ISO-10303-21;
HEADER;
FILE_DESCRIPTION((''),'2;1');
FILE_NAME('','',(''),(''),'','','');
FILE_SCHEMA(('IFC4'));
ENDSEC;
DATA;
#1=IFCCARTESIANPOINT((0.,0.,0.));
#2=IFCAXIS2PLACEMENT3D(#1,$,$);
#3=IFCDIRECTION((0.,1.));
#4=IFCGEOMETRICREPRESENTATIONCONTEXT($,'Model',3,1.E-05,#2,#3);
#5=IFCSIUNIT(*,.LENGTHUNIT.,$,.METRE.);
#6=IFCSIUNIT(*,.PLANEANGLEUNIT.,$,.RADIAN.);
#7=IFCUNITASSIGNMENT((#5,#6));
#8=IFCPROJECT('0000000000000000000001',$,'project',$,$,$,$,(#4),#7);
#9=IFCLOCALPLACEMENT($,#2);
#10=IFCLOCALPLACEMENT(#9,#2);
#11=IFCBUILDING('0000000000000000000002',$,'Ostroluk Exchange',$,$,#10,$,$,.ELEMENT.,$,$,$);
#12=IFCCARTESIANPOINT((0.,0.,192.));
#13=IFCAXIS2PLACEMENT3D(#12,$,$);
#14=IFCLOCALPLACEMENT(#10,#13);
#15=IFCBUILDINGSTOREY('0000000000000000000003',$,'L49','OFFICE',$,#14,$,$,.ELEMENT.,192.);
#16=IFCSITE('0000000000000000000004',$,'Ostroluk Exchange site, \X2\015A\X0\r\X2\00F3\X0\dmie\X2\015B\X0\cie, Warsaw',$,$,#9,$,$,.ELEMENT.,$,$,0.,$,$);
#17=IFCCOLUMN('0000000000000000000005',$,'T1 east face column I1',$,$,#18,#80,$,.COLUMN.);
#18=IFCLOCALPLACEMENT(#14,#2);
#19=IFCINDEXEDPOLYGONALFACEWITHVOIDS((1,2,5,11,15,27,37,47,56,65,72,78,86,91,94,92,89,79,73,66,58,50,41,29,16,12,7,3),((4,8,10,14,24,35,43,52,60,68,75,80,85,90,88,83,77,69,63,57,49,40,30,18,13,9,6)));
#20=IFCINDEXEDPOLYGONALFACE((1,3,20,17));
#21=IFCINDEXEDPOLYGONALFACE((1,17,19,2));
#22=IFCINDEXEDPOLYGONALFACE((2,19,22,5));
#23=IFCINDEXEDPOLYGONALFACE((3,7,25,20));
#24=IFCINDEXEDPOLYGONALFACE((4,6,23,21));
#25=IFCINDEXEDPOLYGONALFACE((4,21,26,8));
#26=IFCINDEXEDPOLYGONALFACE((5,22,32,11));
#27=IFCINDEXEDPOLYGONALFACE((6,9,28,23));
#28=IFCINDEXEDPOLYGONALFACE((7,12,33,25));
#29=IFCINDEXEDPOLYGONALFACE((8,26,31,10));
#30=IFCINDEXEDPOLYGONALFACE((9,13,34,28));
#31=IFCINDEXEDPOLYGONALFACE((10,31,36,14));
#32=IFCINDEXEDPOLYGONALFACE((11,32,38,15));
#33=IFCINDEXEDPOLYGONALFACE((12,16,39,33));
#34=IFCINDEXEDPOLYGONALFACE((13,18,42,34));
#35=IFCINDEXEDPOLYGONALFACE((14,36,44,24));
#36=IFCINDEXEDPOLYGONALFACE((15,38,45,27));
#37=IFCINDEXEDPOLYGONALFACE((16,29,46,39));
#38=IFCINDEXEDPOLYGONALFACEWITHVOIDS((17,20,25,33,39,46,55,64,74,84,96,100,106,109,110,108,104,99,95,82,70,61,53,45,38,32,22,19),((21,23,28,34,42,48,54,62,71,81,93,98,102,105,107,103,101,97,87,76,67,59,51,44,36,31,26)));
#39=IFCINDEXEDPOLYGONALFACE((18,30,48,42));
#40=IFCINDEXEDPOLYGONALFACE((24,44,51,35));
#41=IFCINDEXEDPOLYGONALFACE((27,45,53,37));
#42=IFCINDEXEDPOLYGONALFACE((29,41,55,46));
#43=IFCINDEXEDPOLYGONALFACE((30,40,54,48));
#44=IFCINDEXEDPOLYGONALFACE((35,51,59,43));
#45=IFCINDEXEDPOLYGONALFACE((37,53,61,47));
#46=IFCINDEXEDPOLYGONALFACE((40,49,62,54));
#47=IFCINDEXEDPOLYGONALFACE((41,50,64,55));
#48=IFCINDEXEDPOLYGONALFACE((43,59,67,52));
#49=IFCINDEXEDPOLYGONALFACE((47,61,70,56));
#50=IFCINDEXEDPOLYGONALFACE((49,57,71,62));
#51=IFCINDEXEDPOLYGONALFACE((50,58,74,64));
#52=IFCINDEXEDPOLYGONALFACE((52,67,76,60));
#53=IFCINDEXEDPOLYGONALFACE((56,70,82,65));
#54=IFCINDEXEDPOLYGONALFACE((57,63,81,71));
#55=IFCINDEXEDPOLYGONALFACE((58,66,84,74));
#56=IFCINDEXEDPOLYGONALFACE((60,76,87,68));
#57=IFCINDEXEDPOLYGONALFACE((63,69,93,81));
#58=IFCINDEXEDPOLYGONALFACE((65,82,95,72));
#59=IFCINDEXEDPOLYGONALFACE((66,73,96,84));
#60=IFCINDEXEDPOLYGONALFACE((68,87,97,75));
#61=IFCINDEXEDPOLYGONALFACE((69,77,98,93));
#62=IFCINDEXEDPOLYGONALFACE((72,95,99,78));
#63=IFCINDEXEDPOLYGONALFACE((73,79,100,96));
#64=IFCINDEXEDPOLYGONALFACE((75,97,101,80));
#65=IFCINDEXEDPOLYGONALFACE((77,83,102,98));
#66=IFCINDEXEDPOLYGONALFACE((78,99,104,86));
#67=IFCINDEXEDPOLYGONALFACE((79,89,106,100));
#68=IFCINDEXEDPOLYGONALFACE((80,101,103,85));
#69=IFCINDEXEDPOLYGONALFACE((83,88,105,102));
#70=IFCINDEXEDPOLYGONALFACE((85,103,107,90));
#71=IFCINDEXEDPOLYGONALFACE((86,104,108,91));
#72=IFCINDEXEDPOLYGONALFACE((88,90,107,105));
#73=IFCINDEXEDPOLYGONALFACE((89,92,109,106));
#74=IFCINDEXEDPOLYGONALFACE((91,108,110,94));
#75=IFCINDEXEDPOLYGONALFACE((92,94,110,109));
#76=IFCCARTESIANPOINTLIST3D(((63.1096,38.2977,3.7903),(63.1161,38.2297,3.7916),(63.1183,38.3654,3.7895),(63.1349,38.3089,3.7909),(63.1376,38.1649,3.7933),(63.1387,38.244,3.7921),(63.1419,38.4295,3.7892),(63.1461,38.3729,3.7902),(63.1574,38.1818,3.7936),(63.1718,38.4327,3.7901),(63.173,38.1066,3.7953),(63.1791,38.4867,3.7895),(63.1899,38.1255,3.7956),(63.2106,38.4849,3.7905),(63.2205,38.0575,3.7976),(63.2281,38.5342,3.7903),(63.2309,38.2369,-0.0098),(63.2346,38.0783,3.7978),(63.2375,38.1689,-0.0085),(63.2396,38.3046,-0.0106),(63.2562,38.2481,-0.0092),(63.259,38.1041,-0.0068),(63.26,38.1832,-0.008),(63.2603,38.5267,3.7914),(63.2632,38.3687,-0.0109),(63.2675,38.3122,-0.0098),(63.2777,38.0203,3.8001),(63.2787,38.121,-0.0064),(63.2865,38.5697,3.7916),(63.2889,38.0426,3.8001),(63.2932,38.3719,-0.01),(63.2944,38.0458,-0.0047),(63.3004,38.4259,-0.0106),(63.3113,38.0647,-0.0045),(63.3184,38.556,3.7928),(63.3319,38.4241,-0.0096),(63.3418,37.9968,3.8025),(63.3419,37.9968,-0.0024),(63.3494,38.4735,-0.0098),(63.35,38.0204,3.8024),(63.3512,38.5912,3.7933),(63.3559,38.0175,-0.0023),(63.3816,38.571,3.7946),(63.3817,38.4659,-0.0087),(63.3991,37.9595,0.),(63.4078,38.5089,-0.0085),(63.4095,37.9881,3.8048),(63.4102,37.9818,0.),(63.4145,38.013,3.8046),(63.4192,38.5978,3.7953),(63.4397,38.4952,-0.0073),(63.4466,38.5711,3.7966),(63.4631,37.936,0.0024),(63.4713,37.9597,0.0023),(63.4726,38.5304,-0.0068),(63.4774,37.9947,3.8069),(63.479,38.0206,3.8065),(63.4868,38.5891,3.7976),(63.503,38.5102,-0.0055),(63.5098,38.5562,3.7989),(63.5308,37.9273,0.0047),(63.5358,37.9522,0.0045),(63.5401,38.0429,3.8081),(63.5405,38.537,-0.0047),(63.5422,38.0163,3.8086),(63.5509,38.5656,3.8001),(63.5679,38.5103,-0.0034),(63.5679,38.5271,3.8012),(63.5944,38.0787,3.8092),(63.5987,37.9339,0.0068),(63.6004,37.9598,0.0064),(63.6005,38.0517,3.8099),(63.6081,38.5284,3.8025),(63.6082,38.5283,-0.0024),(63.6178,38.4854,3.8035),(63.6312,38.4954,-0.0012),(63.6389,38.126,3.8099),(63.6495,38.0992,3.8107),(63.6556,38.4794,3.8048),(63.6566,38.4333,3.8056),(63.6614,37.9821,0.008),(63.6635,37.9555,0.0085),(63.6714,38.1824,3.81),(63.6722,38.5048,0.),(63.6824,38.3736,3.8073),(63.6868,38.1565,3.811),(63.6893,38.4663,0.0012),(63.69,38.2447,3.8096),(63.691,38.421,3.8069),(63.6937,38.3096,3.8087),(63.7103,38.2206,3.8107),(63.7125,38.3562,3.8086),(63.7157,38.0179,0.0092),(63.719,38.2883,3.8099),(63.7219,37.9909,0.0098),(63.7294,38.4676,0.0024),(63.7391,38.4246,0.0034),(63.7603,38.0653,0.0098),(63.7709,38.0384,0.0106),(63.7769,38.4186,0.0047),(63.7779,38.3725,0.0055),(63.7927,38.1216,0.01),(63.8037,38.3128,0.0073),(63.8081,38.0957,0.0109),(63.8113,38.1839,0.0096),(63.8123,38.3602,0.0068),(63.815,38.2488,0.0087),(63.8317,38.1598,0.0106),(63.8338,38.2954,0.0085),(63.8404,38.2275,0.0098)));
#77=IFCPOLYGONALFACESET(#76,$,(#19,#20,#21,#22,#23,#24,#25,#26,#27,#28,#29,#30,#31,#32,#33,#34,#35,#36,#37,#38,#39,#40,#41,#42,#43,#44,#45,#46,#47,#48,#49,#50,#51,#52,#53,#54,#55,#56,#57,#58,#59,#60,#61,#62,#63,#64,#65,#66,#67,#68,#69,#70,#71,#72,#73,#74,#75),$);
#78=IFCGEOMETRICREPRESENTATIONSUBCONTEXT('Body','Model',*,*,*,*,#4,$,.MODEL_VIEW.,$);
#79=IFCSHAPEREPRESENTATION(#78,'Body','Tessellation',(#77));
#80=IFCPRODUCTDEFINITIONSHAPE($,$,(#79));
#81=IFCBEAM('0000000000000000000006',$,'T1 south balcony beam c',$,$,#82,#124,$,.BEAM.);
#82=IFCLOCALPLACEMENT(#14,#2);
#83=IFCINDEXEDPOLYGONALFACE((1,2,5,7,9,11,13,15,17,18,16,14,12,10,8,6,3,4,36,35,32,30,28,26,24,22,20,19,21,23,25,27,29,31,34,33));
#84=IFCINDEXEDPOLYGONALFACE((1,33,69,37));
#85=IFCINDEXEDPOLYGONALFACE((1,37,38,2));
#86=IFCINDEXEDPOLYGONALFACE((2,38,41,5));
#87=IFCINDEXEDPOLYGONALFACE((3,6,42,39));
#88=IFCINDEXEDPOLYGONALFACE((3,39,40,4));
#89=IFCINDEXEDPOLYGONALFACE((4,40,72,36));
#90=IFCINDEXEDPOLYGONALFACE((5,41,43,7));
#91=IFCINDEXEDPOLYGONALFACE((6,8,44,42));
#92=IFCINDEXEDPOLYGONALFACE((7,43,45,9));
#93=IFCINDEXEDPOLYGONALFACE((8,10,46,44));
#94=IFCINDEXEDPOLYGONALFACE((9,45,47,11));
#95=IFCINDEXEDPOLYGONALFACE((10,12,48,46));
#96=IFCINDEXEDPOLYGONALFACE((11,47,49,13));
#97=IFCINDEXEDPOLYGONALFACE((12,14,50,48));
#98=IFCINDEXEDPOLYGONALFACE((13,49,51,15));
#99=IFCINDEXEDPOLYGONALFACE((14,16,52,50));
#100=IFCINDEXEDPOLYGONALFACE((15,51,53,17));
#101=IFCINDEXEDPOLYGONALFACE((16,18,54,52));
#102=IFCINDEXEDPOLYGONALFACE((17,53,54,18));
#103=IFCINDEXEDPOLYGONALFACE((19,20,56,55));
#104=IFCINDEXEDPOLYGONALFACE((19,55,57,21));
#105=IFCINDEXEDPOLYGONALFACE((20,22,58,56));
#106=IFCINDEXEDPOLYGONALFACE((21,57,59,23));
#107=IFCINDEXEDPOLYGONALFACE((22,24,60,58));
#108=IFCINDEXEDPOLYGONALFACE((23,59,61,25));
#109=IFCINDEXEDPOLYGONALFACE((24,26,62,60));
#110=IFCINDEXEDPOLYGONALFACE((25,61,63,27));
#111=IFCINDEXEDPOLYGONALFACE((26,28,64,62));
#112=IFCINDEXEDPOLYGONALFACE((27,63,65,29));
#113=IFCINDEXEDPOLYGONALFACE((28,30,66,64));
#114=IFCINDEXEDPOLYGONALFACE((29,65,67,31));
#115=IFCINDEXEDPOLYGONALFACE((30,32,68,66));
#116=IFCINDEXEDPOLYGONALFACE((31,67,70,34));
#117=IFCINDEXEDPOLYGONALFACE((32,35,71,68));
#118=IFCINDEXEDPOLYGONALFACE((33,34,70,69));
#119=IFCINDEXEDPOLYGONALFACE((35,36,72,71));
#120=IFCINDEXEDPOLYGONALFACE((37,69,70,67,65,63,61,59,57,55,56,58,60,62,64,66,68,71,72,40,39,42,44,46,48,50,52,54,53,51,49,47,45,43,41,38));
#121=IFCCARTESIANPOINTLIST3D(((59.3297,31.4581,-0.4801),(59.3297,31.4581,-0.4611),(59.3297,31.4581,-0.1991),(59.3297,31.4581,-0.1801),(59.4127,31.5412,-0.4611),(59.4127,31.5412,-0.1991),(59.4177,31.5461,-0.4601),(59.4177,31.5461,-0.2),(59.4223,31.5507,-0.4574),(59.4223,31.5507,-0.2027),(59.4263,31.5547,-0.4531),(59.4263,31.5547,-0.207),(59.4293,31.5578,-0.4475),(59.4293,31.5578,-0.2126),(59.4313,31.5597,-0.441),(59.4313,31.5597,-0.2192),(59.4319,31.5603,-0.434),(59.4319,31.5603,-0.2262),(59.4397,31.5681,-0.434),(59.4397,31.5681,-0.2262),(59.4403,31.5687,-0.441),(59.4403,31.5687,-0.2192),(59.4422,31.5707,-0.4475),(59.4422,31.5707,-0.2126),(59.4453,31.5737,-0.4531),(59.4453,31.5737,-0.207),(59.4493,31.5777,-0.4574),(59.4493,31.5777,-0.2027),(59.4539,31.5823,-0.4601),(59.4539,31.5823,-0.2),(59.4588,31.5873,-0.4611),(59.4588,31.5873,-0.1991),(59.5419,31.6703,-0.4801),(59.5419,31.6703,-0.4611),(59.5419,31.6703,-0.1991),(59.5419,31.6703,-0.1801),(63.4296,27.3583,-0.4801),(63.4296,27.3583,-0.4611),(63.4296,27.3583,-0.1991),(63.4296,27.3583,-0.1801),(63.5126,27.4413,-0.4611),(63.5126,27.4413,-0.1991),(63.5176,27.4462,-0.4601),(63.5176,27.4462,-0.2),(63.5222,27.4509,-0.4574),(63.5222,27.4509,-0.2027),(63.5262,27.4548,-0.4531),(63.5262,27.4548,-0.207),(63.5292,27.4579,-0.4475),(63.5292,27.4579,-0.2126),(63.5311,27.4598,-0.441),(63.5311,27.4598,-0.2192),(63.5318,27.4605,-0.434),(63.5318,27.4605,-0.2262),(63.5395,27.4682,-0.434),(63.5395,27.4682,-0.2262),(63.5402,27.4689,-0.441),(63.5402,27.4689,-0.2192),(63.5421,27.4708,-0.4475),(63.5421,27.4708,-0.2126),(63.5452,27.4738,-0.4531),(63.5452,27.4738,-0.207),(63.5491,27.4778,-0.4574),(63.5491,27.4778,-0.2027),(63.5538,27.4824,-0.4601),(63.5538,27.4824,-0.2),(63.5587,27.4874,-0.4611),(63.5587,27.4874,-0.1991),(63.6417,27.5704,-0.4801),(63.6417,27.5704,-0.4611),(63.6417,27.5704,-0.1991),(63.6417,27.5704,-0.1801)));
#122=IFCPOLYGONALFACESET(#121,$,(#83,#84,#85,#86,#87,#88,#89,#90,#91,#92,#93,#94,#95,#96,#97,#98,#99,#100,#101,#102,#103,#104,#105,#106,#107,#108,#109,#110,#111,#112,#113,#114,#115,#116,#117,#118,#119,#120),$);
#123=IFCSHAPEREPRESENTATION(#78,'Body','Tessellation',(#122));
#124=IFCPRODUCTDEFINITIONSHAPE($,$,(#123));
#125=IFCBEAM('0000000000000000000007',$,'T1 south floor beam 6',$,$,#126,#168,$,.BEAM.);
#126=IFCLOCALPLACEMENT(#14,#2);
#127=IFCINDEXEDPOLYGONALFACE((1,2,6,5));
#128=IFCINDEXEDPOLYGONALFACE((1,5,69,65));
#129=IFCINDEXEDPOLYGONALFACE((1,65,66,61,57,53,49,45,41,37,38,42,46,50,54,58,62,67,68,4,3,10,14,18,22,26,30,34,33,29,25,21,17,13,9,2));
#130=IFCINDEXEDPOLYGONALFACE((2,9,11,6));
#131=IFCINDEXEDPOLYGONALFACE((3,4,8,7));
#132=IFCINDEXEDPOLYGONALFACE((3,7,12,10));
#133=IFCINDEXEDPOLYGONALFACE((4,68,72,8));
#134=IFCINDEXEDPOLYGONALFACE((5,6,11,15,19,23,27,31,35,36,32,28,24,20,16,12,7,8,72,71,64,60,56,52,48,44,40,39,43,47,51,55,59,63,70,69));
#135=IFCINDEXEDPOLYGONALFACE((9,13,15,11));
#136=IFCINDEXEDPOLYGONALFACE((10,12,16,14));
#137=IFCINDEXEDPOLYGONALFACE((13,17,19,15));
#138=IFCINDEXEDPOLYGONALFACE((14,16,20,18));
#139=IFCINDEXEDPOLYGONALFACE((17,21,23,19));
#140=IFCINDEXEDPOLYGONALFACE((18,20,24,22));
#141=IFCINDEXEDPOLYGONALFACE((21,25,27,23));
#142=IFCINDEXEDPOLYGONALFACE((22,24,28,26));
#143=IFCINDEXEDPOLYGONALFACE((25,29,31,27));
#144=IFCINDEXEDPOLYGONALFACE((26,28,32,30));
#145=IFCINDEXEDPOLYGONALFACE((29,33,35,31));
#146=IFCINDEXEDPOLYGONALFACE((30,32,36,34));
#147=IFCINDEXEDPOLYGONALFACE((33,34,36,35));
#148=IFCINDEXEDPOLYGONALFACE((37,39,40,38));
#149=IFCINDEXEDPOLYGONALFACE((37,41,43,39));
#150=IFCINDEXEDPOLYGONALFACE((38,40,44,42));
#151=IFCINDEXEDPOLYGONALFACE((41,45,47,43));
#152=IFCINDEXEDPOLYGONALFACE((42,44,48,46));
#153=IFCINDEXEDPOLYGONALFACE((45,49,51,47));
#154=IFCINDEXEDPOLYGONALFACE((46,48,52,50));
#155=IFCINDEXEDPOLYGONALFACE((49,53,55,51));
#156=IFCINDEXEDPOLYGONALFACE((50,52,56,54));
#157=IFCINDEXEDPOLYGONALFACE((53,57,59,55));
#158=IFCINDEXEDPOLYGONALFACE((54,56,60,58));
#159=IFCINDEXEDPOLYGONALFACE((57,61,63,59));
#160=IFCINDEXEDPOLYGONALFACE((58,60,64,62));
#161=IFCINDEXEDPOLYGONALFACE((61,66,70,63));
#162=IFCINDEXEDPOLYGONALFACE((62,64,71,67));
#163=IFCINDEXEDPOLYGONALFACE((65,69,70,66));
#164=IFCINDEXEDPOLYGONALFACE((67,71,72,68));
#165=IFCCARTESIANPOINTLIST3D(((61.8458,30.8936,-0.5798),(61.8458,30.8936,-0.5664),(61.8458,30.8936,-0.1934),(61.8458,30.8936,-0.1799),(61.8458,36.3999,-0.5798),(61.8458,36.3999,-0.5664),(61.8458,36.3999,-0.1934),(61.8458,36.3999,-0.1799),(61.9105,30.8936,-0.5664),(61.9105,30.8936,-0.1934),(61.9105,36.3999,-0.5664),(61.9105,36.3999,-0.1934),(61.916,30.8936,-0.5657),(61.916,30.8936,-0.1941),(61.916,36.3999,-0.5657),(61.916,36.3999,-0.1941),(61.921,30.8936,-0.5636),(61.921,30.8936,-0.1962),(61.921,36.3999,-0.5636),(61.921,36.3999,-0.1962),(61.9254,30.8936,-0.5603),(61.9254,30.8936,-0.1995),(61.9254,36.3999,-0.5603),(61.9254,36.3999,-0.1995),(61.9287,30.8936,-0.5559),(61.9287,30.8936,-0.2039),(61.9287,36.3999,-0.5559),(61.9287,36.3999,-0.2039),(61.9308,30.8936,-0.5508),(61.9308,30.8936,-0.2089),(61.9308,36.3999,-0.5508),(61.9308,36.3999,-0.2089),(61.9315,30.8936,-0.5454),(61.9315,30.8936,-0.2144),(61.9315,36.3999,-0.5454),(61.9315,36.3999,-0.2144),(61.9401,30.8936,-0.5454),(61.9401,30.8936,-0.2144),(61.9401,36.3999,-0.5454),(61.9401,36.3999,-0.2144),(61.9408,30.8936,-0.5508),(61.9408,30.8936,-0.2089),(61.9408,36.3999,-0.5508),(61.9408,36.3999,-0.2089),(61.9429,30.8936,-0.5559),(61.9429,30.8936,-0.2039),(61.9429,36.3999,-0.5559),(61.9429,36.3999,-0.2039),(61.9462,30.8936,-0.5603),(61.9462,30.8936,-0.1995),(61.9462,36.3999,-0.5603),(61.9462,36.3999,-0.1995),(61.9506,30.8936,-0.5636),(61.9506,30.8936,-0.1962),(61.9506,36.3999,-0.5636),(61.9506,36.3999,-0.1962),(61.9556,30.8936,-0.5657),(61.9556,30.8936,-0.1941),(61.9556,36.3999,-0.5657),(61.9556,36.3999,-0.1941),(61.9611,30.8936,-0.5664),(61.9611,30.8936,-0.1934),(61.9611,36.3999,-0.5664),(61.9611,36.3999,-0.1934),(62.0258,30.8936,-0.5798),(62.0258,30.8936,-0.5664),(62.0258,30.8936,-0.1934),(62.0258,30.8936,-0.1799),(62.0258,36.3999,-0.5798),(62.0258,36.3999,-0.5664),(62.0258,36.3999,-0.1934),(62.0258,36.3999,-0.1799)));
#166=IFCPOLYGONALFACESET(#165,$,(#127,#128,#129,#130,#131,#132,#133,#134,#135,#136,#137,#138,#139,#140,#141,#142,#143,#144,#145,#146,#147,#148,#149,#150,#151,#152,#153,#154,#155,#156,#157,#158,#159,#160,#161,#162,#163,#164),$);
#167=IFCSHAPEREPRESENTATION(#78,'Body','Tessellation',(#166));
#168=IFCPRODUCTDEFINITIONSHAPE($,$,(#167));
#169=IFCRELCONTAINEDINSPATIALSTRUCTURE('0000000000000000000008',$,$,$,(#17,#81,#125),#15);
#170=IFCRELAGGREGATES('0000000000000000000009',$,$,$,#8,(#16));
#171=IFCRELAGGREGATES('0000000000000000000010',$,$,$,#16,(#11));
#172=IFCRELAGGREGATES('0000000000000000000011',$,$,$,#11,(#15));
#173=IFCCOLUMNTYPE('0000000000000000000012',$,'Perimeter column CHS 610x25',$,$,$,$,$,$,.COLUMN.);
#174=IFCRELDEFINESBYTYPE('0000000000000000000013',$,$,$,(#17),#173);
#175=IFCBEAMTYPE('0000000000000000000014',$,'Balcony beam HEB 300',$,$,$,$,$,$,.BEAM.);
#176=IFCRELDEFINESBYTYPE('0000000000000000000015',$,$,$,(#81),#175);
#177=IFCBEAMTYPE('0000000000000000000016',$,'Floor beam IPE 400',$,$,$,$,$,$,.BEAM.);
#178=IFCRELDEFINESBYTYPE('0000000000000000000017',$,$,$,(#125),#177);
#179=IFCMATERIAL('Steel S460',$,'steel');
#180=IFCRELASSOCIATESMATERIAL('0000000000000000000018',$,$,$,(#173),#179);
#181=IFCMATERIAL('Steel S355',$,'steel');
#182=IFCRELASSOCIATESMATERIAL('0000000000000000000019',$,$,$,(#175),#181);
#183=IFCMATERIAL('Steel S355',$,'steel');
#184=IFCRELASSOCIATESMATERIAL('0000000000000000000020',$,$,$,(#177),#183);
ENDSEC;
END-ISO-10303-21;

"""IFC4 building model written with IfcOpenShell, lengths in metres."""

from ifc_helpers import new_model, si_unit, direction, frame, origin, origin_2d, place, context, subcontext, project, spatial, hollow_circle, i_section, extrude, material, material_profile, profile_set, type_object, element, save


model = new_model("IFC4")

# Units and contexts
model_context = context("Model", 3, precision=1e-05, world=origin(), true_north=direction((0.0, 1.0)))
body_context = subcontext(model_context, "Body", "Model", "MODEL_VIEW")
ifc_project = project(units=[si_unit("LENGTHUNIT", "METRE"), si_unit("PLANEANGLEUNIT", "RADIAN")], contexts=[model_context])

# Site, building, storey
site_placement = place(None, origin())
site = spatial("IfcSite", under=ifc_project, at=site_placement, Name="Ostroluk Exchange site, Śródmieście, Warsaw", CompositionType="ELEMENT", RefElevation=0.0)
building_placement = place(site_placement, origin())
building = spatial("IfcBuilding", under=site, at=building_placement, Name="Ostroluk Exchange", CompositionType="ELEMENT")
storey_placement = place(building_placement, frame((0.0, 0.0, 192.0)))
storey = spatial("IfcBuildingStorey", under=building, at=storey_placement, Name="L49", Description="OFFICE", CompositionType="ELEMENT", Elevation=192.0)

# Column
ifc_material_1 = material(Name="Steel S460", Category="steel")
ifc_material_profile_1 = material_profile(ifc_material_1, hollow_circle(Radius=0.3049, WallThickness=0.0249, at=origin_2d()), Name="CHS 610x25")
ifc_profile_set_1 = profile_set([ifc_material_profile_1], Name="Steel S460")
column_type = type_object("IfcColumnType", Name="Perimeter column CHS 610x25", PredefinedType="COLUMN", material=ifc_profile_set_1)
column_placement = place(storey_placement, frame((63.5356, 38.2322, 0.0), z_axis=(-0.03191, 0.015987, 0.999363), x_axis=(-0.447933, -0.894067, 0.0)))
element("IfcColumn", 1, at=column_placement, inside=storey, type_object=column_type, Name="T1 east face column I1", PredefinedType="COLUMN", context=body_context, shape_type="SweptSolid", body=[
    extrude(hollow_circle(Radius=0.3049, WallThickness=0.0249, at=origin_2d()), origin(), (0.0, 0.0, 1.0), 3.8025),
])

# Beams
ifc_material_2 = material(Name="Steel S355", Category="steel")
ifc_material_profile_2 = material_profile(ifc_material_2, i_section(OverallWidth=0.3, OverallDepth=0.3, WebThickness=0.011, FlangeThickness=0.019, FilletRadius=0.0271, at=origin_2d()), Name="HEB 300")
ifc_profile_set_2 = profile_set([ifc_material_profile_2], Name="Steel S355")
beam_type_1 = type_object("IfcBeamType", Name="Balcony beam HEB 300", PredefinedType="BEAM", material=ifc_profile_set_2)
beam_1_placement = place(storey_placement, frame((59.4358, 31.5642, -0.3301), z_axis=(0.707107, -0.707107, 0.0), x_axis=(0.707107, 0.707107, 0.0)))
element("IfcBeam", 2, at=beam_1_placement, inside=storey, type_object=beam_type_1, Name="T1 south balcony beam c", PredefinedType="BEAM", context=body_context, shape_type="SweptSolid", body=[
    extrude(i_section(OverallWidth=0.3, OverallDepth=0.3, WebThickness=0.011, FlangeThickness=0.019, FilletRadius=0.0271, at=origin_2d()), origin(), (0.0, 0.0, 1.0), 5.7981),
])
ifc_material_3 = material(Name="Steel S355", Category="steel")
ifc_material_profile_3 = material_profile(ifc_material_3, i_section(OverallWidth=0.1799, OverallDepth=0.3999, WebThickness=0.0085, FlangeThickness=0.0134, FilletRadius=0.021, at=origin_2d()), Name="IPE 400")
ifc_profile_set_3 = profile_set([ifc_material_profile_3], Name="Steel S355")
beam_type_2 = type_object("IfcBeamType", Name="Floor beam IPE 400", PredefinedType="BEAM", material=ifc_profile_set_3)
beam_2_placement = place(storey_placement, frame((61.9358, 36.3999, -0.3799), z_axis=(0.0, -1.0, 0.0), x_axis=(1.0, 0.0, 0.0)))
element("IfcBeam", 3, at=beam_2_placement, inside=storey, type_object=beam_type_2, Name="T1 south floor beam 6", PredefinedType="BEAM", context=body_context, shape_type="SweptSolid", body=[
    extrude(i_section(OverallWidth=0.1799, OverallDepth=0.3999, WebThickness=0.0085, FlangeThickness=0.0134, FilletRadius=0.021, at=origin_2d()), origin(), (0.0, 0.0, 1.0), 5.5063),
])

save(model, "model.ifc")
